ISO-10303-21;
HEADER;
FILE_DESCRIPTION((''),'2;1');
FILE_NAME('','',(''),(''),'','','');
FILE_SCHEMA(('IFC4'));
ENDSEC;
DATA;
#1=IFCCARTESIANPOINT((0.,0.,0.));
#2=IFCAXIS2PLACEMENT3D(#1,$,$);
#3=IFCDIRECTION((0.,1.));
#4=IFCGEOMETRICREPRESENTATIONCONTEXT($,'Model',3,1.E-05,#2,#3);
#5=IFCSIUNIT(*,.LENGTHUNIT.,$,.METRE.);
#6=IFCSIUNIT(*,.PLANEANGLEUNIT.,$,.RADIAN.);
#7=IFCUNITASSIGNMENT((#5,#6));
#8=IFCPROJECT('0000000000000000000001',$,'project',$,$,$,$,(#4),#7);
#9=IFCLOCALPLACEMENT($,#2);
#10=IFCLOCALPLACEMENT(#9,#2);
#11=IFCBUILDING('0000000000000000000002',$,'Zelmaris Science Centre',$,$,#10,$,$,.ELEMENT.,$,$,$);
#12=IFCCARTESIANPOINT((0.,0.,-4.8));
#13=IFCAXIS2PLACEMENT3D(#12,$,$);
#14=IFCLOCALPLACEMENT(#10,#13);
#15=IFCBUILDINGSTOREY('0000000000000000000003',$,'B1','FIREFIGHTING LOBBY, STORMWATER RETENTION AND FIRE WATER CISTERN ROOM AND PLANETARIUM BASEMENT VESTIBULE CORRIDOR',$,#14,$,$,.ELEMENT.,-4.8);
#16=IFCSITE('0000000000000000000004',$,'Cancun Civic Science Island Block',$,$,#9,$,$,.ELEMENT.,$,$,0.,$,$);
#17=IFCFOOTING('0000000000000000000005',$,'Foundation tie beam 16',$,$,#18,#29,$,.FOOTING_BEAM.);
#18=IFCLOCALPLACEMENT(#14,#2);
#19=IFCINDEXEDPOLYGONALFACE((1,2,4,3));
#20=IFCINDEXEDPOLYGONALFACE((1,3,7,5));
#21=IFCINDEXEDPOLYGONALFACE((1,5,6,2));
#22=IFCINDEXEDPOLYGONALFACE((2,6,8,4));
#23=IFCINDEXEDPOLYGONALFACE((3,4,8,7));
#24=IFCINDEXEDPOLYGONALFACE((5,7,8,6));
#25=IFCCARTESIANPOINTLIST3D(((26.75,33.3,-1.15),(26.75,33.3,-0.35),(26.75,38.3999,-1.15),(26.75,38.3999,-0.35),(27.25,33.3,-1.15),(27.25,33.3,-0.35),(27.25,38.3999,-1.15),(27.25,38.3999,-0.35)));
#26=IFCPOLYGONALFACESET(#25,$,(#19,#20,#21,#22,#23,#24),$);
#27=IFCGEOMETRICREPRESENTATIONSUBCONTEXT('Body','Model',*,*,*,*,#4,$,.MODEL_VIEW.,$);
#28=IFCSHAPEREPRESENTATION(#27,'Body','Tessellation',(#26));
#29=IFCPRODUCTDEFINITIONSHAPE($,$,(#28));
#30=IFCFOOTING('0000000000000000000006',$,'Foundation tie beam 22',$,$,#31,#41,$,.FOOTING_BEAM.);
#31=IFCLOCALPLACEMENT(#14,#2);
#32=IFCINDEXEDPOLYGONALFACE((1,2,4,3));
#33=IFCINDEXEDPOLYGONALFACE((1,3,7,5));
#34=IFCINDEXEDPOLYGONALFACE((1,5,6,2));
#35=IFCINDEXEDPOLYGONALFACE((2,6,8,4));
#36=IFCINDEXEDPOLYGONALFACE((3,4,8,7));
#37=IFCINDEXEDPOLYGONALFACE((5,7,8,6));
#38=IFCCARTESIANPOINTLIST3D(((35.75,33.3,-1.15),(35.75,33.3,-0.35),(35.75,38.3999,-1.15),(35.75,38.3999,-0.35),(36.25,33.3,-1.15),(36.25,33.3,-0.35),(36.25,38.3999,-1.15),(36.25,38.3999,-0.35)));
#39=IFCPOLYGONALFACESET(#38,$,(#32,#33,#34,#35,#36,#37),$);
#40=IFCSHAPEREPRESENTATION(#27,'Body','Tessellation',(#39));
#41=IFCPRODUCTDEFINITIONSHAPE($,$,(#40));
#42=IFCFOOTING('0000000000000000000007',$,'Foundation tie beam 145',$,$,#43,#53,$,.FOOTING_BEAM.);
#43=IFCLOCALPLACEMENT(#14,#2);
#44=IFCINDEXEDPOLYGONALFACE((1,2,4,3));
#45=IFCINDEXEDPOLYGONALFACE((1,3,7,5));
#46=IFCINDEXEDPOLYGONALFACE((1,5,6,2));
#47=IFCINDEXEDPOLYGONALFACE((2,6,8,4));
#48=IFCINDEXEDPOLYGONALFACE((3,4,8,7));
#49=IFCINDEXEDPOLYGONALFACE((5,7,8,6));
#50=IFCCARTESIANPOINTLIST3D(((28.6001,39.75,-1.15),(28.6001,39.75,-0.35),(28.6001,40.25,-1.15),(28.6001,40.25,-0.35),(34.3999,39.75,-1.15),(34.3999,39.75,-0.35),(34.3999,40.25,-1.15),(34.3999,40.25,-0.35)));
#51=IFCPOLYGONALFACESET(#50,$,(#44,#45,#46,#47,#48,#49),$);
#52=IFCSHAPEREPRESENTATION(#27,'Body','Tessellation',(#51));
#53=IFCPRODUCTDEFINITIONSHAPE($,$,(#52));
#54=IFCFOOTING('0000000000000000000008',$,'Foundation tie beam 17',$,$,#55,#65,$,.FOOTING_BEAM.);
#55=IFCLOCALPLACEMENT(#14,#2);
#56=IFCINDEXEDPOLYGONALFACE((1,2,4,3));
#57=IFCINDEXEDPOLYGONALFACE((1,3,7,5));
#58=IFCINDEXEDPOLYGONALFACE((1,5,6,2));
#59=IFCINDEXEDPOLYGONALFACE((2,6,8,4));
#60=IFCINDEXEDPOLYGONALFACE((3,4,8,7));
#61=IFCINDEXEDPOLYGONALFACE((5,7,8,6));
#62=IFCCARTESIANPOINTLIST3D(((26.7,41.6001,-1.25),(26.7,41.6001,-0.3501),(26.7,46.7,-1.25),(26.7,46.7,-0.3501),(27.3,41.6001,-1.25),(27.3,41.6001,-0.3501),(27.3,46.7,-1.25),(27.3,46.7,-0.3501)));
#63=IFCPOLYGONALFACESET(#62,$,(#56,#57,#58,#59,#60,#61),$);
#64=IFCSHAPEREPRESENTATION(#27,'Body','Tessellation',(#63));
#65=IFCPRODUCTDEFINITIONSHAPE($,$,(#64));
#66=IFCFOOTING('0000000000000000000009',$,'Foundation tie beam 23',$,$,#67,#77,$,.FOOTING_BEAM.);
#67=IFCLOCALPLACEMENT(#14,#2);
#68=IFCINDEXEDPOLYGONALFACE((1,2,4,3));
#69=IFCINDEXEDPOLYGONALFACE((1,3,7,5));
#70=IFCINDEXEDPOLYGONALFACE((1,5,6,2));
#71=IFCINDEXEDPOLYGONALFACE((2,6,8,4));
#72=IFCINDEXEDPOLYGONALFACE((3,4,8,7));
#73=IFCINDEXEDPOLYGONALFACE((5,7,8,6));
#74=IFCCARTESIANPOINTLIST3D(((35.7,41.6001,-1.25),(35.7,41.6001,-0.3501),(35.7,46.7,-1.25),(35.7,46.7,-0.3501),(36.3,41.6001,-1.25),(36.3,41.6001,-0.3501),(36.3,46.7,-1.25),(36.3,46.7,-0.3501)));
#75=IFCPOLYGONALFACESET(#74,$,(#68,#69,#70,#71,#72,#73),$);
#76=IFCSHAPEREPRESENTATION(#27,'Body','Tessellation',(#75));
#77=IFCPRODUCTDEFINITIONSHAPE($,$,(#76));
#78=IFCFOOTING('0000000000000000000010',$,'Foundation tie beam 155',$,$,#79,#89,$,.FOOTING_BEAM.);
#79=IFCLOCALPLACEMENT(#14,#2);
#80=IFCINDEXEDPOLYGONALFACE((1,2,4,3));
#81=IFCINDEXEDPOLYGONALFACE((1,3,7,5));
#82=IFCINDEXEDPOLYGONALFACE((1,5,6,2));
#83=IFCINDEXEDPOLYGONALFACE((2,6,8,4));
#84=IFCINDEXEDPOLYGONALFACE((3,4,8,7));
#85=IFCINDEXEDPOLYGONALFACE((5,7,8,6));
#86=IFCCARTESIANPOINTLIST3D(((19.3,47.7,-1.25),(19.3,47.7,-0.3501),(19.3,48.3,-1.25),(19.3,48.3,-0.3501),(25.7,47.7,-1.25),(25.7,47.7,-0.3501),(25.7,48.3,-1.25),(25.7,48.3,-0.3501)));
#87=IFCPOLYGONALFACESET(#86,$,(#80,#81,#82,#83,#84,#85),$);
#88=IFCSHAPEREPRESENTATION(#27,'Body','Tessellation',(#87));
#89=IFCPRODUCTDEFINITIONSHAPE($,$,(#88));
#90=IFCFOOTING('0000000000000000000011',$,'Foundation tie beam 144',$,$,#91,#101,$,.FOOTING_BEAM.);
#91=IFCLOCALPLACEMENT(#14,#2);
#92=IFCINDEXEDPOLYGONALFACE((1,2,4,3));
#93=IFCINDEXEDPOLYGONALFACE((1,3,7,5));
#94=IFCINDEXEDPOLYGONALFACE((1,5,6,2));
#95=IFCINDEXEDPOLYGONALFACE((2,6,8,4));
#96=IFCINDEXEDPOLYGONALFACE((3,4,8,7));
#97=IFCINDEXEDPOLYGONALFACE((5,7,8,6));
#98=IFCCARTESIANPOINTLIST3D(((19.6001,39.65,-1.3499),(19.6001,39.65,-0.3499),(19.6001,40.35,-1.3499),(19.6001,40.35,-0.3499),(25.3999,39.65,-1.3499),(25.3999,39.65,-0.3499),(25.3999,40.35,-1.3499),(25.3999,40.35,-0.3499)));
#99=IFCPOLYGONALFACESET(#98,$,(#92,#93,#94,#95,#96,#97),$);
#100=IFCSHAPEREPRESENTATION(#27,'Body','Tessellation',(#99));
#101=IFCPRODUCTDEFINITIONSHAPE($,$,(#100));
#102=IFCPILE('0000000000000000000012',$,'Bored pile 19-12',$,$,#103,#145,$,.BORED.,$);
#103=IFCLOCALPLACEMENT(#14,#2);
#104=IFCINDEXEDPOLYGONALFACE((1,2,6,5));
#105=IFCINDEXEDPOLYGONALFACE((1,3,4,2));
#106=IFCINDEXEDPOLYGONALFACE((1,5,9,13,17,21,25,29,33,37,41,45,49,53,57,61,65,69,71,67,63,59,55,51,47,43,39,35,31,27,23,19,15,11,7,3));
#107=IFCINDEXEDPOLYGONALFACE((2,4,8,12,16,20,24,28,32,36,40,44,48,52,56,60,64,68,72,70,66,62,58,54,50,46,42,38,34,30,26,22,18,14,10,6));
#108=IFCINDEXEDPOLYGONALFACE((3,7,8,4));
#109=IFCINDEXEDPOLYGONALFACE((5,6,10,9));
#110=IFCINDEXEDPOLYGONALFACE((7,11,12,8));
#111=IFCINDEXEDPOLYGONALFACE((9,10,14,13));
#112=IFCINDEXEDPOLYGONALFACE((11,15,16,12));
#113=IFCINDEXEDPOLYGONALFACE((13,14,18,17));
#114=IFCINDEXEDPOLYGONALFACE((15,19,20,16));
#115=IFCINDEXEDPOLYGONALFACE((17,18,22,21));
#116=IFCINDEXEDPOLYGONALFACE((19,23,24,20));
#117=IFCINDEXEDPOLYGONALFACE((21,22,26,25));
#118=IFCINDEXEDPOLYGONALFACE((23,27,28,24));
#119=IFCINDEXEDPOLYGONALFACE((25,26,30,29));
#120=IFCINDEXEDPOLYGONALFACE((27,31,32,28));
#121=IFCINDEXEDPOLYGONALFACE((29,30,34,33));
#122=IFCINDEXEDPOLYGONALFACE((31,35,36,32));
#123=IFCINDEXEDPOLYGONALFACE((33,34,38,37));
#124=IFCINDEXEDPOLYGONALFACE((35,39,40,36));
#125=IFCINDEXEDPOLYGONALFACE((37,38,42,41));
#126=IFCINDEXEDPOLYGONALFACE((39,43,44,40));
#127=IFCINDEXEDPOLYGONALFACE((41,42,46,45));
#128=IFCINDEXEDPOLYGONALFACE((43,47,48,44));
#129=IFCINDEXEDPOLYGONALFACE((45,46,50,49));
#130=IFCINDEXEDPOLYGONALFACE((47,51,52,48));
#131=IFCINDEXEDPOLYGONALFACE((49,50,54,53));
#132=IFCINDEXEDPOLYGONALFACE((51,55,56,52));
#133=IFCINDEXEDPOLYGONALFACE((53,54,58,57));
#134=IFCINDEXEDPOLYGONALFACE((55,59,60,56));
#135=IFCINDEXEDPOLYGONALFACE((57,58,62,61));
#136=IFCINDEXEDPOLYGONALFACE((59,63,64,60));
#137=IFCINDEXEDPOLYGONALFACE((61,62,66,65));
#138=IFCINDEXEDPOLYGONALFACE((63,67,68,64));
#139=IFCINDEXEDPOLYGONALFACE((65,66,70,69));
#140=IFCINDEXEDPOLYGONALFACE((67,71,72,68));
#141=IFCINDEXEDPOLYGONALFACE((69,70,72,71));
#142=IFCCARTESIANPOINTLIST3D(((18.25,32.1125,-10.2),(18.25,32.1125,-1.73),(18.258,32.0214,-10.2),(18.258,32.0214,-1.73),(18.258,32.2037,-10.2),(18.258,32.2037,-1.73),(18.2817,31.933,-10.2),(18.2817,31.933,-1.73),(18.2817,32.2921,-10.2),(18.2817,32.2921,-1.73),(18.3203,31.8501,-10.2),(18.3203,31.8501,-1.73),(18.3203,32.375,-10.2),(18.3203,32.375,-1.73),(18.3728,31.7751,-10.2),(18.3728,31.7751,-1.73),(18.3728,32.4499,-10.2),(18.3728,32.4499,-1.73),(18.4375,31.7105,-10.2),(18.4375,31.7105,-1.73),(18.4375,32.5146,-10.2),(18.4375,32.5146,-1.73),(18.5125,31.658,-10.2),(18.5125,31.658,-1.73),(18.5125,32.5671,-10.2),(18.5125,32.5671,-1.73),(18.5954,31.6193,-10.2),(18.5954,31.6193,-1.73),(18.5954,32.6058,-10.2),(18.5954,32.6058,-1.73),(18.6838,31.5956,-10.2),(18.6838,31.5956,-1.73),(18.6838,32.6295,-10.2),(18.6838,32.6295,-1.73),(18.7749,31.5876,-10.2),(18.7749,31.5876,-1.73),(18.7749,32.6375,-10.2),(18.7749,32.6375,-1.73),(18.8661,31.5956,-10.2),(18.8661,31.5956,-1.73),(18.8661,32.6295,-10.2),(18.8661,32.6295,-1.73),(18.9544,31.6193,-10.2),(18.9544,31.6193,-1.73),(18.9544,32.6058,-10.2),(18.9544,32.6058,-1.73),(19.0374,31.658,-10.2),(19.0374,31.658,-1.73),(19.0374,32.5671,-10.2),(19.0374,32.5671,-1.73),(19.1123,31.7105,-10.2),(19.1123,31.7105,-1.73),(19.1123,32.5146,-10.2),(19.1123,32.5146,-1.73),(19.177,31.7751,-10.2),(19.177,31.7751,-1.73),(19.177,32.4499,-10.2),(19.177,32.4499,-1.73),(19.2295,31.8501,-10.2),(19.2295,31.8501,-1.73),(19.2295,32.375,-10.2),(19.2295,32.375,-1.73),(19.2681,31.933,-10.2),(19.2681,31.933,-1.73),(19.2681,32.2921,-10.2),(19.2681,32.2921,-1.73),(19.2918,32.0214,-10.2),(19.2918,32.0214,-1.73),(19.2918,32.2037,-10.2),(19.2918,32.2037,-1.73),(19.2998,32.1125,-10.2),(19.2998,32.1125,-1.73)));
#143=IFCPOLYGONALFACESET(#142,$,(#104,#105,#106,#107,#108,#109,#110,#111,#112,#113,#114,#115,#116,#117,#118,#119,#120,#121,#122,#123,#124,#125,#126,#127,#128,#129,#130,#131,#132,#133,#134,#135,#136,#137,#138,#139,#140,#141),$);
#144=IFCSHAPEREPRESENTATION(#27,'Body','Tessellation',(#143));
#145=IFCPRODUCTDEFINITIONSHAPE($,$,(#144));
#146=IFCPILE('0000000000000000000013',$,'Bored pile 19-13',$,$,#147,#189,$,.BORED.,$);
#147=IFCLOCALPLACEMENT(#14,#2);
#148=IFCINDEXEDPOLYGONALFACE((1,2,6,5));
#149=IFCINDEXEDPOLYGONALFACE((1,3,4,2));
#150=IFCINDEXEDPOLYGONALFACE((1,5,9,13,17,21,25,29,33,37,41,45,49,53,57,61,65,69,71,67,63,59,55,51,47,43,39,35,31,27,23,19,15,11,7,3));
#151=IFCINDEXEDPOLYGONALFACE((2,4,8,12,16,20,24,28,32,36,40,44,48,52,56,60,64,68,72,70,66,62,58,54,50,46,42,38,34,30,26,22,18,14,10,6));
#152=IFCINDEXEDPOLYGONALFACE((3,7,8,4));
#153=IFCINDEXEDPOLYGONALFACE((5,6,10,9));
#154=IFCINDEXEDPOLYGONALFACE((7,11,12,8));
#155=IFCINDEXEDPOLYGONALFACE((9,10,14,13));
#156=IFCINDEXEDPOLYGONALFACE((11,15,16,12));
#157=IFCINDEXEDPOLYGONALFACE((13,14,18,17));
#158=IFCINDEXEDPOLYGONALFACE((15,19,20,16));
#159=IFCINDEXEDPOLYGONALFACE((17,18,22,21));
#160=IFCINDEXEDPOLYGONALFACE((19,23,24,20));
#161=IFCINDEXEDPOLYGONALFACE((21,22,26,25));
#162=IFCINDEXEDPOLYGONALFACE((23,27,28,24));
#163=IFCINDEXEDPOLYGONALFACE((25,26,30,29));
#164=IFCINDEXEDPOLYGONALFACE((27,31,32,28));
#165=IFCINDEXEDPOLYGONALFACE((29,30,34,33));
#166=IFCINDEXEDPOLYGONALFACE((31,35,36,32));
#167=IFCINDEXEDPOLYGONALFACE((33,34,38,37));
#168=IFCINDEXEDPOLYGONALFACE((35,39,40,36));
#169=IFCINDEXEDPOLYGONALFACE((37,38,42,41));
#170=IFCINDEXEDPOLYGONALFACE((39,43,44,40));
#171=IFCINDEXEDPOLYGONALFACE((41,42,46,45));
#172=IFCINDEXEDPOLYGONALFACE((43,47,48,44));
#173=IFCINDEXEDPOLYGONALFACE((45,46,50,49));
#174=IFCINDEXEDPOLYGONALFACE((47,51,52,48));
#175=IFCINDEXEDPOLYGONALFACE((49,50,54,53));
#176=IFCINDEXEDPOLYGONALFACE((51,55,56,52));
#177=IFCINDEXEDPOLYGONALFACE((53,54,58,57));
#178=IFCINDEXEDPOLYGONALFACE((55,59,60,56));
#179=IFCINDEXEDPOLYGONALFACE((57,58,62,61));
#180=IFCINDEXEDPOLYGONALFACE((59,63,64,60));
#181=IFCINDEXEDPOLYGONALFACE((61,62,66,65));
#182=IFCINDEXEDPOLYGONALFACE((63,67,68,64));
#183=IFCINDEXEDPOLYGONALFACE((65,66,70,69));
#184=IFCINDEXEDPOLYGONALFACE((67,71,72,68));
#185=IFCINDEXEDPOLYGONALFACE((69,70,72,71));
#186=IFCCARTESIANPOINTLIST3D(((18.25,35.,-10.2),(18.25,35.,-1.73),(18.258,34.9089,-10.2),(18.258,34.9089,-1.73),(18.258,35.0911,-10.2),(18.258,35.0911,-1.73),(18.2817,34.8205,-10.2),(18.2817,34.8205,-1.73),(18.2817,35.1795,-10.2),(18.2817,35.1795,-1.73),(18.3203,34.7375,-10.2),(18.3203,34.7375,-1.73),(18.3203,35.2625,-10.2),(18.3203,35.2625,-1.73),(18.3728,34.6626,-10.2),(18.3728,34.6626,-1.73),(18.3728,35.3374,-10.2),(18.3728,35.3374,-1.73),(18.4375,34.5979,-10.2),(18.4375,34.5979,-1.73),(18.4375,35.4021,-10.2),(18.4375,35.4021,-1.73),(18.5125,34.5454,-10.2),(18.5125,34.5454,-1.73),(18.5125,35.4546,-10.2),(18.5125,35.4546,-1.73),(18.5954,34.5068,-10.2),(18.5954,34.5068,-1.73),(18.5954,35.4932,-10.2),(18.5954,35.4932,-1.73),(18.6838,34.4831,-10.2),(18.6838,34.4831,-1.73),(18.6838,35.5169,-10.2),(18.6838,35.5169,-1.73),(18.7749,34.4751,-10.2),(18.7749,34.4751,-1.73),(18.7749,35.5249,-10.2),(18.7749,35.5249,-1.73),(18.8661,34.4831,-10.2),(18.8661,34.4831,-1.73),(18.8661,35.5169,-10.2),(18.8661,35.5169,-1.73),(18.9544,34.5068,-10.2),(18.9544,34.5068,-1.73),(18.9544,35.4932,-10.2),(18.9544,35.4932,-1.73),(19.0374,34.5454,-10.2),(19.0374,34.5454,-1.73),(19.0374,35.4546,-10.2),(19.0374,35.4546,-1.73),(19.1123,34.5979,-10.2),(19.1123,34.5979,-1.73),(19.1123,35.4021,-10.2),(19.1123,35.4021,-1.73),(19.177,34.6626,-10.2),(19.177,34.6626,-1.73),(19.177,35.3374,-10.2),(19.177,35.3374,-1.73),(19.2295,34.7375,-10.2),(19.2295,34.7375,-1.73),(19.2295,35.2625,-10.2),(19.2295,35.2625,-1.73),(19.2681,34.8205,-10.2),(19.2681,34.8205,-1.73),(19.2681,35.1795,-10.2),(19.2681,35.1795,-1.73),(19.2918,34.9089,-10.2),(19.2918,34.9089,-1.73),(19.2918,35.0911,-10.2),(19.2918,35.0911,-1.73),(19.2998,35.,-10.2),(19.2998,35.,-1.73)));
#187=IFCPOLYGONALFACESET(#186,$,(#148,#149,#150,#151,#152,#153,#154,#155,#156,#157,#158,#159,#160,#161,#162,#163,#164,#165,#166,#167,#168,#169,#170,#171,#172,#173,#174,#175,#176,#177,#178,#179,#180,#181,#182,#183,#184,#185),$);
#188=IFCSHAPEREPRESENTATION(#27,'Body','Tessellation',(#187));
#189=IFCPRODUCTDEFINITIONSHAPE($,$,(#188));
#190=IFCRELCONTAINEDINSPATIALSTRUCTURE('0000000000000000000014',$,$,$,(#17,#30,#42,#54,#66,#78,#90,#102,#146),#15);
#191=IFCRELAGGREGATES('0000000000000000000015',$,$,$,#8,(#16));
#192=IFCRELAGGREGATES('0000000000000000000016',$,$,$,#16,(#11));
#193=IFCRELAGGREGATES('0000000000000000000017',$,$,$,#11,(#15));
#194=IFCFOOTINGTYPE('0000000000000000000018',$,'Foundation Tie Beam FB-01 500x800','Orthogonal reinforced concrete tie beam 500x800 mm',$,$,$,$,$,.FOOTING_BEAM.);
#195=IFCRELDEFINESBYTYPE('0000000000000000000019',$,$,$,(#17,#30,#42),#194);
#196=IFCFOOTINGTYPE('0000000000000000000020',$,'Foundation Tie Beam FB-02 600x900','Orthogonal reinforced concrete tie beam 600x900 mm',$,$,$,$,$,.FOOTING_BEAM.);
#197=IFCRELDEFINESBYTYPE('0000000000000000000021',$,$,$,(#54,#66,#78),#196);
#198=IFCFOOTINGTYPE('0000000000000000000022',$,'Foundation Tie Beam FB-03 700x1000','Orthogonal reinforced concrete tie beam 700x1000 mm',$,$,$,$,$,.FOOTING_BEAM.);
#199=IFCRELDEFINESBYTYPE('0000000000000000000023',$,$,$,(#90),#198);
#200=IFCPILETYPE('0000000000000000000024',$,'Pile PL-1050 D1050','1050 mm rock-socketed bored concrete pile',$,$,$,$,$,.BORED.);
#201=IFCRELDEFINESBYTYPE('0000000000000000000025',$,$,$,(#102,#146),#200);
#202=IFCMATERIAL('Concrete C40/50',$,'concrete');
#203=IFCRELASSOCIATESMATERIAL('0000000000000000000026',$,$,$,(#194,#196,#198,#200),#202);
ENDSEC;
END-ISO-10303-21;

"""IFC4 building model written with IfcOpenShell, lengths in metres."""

from ifc_helpers import new_model, si_unit, direction, frame, origin, origin_2d, place, context, subcontext, project, spatial, rectangle, circle, extrude, material, material_profile, profile_set, type_object, element, save


model = new_model("IFC4")

# Units and contexts
model_context = context("Model", 3, precision=1e-05, world=origin(), true_north=direction((0.0, 1.0)))
body_context = subcontext(model_context, "Body", "Model", "MODEL_VIEW")
ifc_project = project(units=[si_unit("LENGTHUNIT", "METRE"), si_unit("PLANEANGLEUNIT", "RADIAN")], contexts=[model_context])

# Site, building, storey
site_placement = place(None, origin())
site = spatial("IfcSite", under=ifc_project, at=site_placement, Name="Cancun Civic Science Island Block", CompositionType="ELEMENT", RefElevation=0.0)
building_placement = place(site_placement, origin())
building = spatial("IfcBuilding", under=site, at=building_placement, Name="Zelmaris Science Centre", CompositionType="ELEMENT")
storey_placement = place(building_placement, frame((0.0, 0.0, -4.8)))
storey = spatial("IfcBuildingStorey", under=building, at=storey_placement, Name="B1", Description="FIREFIGHTING LOBBY, STORMWATER RETENTION AND FIRE WATER CISTERN ROOM AND PLANETARIUM BASEMENT VESTIBULE CORRIDOR", CompositionType="ELEMENT", Elevation=-4.8)

# Footings
ifc_material_1 = material(Name="Concrete C40/50", Category="concrete")
ifc_material_profile_1 = material_profile(ifc_material_1, rectangle(XDim=0.5, YDim=0.8, at=origin_2d()), Name="FB-500X800")
ifc_profile_set_1 = profile_set([ifc_material_profile_1], Name="Concrete C40/50")
footing_type_1 = type_object("IfcFootingType", Name="Foundation Tie Beam FB-01 500x800", Description="Orthogonal reinforced concrete tie beam 500x800 mm", PredefinedType="FOOTING_BEAM", material=ifc_profile_set_1)
for number, where, z_axis, x_axis, name in (
    (1, (27.0, 33.3, -0.75), (0.0, 1.0, 0.0), (-1.0, 0.0, 0.0), "Foundation tie beam 16"),
    (2, (36.0, 33.3, -0.75), (0.0, 1.0, 0.0), (-1.0, 0.0, 0.0), "Foundation tie beam 22"),
):
    element("IfcFooting", number, at=place(storey_placement, frame(where, z_axis=z_axis, x_axis=x_axis)), inside=storey, type_object=footing_type_1, Name=name, PredefinedType="FOOTING_BEAM", context=body_context, shape_type="SweptSolid", body=[
        extrude(rectangle(XDim=0.5, YDim=0.8, at=origin_2d()), origin(), (0.0, 0.0, 1.0), 5.0999),
    ])
footing_1_placement = place(storey_placement, frame((28.6001, 40.0, -0.75), z_axis=(1.0, 0.0, 0.0), x_axis=(0.0, 1.0, 0.0)))
element("IfcFooting", 3, at=footing_1_placement, inside=storey, type_object=footing_type_1, Name="Foundation tie beam 145", PredefinedType="FOOTING_BEAM", context=body_context, shape_type="SweptSolid", body=[
    extrude(rectangle(XDim=0.5, YDim=0.8, at=origin_2d()), origin(), (0.0, 0.0, 1.0), 5.7998),
])
ifc_material_profile_2 = material_profile(ifc_material_1, rectangle(XDim=0.6001, YDim=0.8999, at=origin_2d()), Name="FB-600X900")
ifc_profile_set_2 = profile_set([ifc_material_profile_2], Name="Concrete C40/50")
footing_type_2 = type_object("IfcFootingType", Name="Foundation Tie Beam FB-02 600x900", Description="Orthogonal reinforced concrete tie beam 600x900 mm", PredefinedType="FOOTING_BEAM", material=ifc_profile_set_2)
for number, where, z_axis, x_axis, name in (
    (4, (27.0, 41.6001, -0.8), (0.0, 1.0, 0.0), (-1.0, 0.0, 0.0), "Foundation tie beam 17"),
    (5, (36.0, 41.6001, -0.8), (0.0, 1.0, 0.0), (-1.0, 0.0, 0.0), "Foundation tie beam 23"),
):
    element("IfcFooting", number, at=place(storey_placement, frame(where, z_axis=z_axis, x_axis=x_axis)), inside=storey, type_object=footing_type_2, Name=name, PredefinedType="FOOTING_BEAM", context=body_context, shape_type="SweptSolid", body=[
        extrude(rectangle(XDim=0.6001, YDim=0.8999, at=origin_2d()), origin(), (0.0, 0.0, 1.0), 5.0999),
    ])
footing_2_placement = place(storey_placement, frame((19.3, 48.0, -0.8), z_axis=(1.0, 0.0, 0.0), x_axis=(0.0, 1.0, 0.0)))
element("IfcFooting", 6, at=footing_2_placement, inside=storey, type_object=footing_type_2, Name="Foundation tie beam 155", PredefinedType="FOOTING_BEAM", context=body_context, shape_type="SweptSolid", body=[
    extrude(rectangle(XDim=0.6001, YDim=0.8999, at=origin_2d()), origin(), (0.0, 0.0, 1.0), 6.3999),
])
ifc_material_profile_3 = material_profile(ifc_material_1, rectangle(XDim=0.7, YDim=1.0, at=origin_2d()), Name="FB-700X1000")
ifc_profile_set_3 = profile_set([ifc_material_profile_3], Name="Concrete C40/50")
footing_type_3 = type_object("IfcFootingType", Name="Foundation Tie Beam FB-03 700x1000", Description="Orthogonal reinforced concrete tie beam 700x1000 mm", PredefinedType="FOOTING_BEAM", material=ifc_profile_set_3)
footing_3_placement = place(storey_placement, frame((19.6001, 40.0, -0.8499), z_axis=(1.0, 0.0, 0.0), x_axis=(0.0, 1.0, 0.0)))
element("IfcFooting", 7, at=footing_3_placement, inside=storey, type_object=footing_type_3, Name="Foundation tie beam 144", PredefinedType="FOOTING_BEAM", context=body_context, shape_type="SweptSolid", body=[
    extrude(rectangle(XDim=0.7, YDim=1.0, at=origin_2d()), origin(), (0.0, 0.0, 1.0), 5.7998),
])

# Piles
ifc_material_profile_4 = material_profile(ifc_material_1, circle(Radius=0.5249, at=origin_2d()), Name="PILE-1050")
ifc_profile_set_4 = profile_set([ifc_material_profile_4], Name="Concrete C40/50")
pile_type_1 = type_object("IfcPileType", Name="Pile PL-1050 D1050", Description="1050 mm rock-socketed bored concrete pile", PredefinedType="BORED", material=ifc_profile_set_4)
for number, where, z_axis, x_axis, name in (
    (8, (18.7749, 32.1125, -1.73), (0.0, 0.0, -1.0), (1.0, 0.0, 0.0), "Bored pile 19-12"),
    (9, (18.7749, 35.0, -1.73), (0.0, 0.0, -1.0), (1.0, 0.0, 0.0), "Bored pile 19-13"),
):
    element("IfcPile", number, at=place(storey_placement, frame(where, z_axis=z_axis, x_axis=x_axis)), inside=storey, type_object=pile_type_1, Name=name, PredefinedType="BORED", context=body_context, shape_type="SweptSolid", body=[
        extrude(circle(Radius=0.5249, at=origin_2d()), origin(), (0.0, 0.0, 1.0), 8.47),
    ])

save(model, "model.ifc")
